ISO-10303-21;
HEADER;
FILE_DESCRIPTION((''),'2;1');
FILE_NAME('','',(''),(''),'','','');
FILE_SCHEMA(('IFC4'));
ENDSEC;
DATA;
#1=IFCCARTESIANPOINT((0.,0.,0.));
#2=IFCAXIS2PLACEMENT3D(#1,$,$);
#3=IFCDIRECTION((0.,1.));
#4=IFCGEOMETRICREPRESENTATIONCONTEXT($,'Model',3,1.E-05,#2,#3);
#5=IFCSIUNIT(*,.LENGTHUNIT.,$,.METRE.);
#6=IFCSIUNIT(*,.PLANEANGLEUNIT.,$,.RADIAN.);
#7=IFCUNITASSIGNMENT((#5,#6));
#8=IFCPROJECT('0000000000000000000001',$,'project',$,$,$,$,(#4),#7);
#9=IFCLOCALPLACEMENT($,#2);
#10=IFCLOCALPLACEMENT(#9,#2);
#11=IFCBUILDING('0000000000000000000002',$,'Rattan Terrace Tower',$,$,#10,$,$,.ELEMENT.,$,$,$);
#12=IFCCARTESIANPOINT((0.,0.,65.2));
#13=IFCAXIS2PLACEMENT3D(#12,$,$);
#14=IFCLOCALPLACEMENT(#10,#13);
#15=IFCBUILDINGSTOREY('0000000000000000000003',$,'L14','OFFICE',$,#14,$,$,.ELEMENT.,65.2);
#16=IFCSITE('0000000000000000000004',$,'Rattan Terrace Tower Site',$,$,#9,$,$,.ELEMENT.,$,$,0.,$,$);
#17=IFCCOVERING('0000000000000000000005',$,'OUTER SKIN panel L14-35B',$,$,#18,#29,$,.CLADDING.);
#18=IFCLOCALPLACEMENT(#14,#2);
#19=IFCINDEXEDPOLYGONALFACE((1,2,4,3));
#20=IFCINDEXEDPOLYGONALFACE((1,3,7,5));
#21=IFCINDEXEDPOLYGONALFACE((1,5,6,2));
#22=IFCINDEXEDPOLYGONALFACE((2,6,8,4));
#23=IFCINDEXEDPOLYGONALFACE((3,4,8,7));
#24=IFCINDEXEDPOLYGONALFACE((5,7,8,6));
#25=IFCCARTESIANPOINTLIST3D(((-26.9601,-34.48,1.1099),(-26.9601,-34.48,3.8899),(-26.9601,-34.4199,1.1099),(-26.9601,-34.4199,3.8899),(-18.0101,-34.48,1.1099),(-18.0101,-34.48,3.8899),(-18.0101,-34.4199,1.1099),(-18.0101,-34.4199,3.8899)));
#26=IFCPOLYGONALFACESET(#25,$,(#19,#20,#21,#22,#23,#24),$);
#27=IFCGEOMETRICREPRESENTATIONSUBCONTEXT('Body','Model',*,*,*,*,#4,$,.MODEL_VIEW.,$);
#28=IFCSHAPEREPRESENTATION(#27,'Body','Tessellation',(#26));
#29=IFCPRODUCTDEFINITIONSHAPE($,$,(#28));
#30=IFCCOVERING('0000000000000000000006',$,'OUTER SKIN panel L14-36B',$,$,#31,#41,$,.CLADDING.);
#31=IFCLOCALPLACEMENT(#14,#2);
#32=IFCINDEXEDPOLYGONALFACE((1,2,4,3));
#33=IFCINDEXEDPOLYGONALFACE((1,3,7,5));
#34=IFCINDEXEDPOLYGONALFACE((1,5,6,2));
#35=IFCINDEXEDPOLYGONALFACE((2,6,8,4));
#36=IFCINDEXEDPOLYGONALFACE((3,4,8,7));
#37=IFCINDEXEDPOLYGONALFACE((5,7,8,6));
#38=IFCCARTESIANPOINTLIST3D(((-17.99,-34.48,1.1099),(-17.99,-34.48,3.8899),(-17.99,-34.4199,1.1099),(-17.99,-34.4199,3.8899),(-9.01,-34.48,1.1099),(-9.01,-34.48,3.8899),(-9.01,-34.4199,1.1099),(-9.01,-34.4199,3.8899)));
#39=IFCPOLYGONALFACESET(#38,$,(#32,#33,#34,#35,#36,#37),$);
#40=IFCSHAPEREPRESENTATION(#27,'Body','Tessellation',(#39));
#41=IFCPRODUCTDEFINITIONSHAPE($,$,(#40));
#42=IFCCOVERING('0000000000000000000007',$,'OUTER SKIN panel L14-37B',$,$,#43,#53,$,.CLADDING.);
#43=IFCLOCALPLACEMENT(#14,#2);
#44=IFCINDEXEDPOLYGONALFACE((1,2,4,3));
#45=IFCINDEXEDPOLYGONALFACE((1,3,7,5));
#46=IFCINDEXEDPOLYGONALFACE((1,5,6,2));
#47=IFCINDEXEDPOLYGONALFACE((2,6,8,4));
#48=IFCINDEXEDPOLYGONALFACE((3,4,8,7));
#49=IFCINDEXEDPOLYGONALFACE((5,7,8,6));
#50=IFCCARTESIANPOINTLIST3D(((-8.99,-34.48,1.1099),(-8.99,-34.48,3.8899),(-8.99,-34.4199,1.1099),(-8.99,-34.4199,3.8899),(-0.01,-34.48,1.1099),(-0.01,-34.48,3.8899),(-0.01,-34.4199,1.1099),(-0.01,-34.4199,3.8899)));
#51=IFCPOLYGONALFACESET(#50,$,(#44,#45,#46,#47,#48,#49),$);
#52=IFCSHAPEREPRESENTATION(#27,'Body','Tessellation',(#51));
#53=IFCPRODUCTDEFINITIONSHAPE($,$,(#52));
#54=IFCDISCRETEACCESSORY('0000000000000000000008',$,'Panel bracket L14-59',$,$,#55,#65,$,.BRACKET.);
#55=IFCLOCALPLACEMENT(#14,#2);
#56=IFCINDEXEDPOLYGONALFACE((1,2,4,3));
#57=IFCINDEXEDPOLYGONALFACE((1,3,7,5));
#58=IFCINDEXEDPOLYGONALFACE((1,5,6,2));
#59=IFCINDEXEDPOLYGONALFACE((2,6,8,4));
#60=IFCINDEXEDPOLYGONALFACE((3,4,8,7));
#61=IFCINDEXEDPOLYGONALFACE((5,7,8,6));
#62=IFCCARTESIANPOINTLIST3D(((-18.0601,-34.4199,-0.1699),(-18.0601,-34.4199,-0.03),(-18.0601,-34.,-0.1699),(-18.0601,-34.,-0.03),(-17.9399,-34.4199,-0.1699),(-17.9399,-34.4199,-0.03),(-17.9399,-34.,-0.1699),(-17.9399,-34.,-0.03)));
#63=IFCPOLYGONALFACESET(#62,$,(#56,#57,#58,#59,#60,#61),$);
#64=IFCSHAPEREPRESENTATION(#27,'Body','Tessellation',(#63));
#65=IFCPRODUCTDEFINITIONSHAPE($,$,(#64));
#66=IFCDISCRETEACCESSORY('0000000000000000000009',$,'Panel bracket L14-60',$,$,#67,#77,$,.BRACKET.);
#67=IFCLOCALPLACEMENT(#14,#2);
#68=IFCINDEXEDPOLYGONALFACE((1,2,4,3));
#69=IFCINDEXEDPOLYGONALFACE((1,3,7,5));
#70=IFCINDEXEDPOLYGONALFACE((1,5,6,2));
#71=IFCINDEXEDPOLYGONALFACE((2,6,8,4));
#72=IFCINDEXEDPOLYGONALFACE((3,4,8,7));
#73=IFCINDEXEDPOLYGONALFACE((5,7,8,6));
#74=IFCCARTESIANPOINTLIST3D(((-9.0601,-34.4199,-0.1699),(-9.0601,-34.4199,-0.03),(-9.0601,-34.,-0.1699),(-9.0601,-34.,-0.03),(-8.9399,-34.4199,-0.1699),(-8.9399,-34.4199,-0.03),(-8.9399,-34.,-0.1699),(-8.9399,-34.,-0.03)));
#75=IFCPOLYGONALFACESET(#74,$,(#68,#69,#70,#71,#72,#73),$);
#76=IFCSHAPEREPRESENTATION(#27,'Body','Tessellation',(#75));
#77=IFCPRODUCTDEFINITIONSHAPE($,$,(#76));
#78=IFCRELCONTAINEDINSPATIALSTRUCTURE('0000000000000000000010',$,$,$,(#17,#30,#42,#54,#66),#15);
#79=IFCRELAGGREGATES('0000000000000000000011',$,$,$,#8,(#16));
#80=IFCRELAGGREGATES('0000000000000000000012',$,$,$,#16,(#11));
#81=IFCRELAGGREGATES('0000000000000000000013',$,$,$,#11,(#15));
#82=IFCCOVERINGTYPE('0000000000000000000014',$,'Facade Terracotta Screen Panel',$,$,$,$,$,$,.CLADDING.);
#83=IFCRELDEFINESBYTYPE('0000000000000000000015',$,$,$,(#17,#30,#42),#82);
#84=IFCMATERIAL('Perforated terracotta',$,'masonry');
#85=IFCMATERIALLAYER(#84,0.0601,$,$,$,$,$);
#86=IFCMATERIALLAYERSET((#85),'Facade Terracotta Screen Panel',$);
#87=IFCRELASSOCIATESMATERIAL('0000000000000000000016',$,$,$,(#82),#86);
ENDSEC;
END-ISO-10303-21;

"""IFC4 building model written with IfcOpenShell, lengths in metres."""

from ifc_helpers import new_model, si_unit, direction, frame, origin, origin_2d, place, context, subcontext, project, spatial, rectangle, extrude, material, layer, layer_set, type_object, element, save


model = new_model("IFC4")

# Units and contexts
model_context = context("Model", 3, precision=1e-05, world=origin(), true_north=direction((0.0, 1.0)))
body_context = subcontext(model_context, "Body", "Model", "MODEL_VIEW")
ifc_project = project(units=[si_unit("LENGTHUNIT", "METRE"), si_unit("PLANEANGLEUNIT", "RADIAN")], contexts=[model_context])

# Site, building, storey
site_placement = place(None, origin())
site = spatial("IfcSite", under=ifc_project, at=site_placement, Name="Rattan Terrace Tower Site", CompositionType="ELEMENT", RefElevation=0.0)
building_placement = place(site_placement, origin())
building = spatial("IfcBuilding", under=site, at=building_placement, Name="Rattan Terrace Tower", CompositionType="ELEMENT")
storey_placement = place(building_placement, frame((0.0, 0.0, 65.2)))
storey = spatial("IfcBuildingStorey", under=building, at=storey_placement, Name="L14", Description="OFFICE", CompositionType="ELEMENT", Elevation=65.2)

# Coverings
ifc_material_1 = material(Name="Perforated terracotta", Category="masonry")
ifc_layer_1 = layer(ifc_material_1, 0.0601)
ifc_layer_set_1 = layer_set([ifc_layer_1], Name="Facade Terracotta Screen Panel")
covering_type_1 = type_object("IfcCoveringType", Name="Facade Terracotta Screen Panel", PredefinedType="CLADDING", material=ifc_layer_set_1)
covering_1_placement = place(storey_placement, frame((-22.4851, -34.45, 1.1099), z_axis=(0.0, 0.0, 1.0), x_axis=(1.0, 0.0, 0.0)))
element("IfcCovering", 1, at=covering_1_placement, inside=storey, type_object=covering_type_1, Name="OUTER SKIN panel L14-35B", PredefinedType="CLADDING", context=body_context, shape_type="SweptSolid", body=[
    extrude(rectangle(XDim=8.95, YDim=0.0601, at=origin_2d()), origin(), (0.0, 0.0, 1.0), 2.78),
])
for number, where, z_axis, x_axis, name in (
    (2, (-13.5, -34.45, 1.1099), (0.0, 0.0, 1.0), (1.0, 0.0, 0.0), "OUTER SKIN panel L14-36B"),
    (3, (-4.5, -34.45, 1.1099), (0.0, 0.0, 1.0), (1.0, 0.0, 0.0), "OUTER SKIN panel L14-37B"),
):
    element("IfcCovering", number, at=place(storey_placement, frame(where, z_axis=z_axis, x_axis=x_axis)), inside=storey, type_object=covering_type_1, Name=name, PredefinedType="CLADDING", context=body_context, shape_type="SweptSolid", body=[
        extrude(rectangle(XDim=8.98, YDim=0.0601, at=origin_2d()), origin(), (0.0, 0.0, 1.0), 2.78),
    ])

# Discrete accessories
for number, where, z_axis, x_axis, name in (
    (4, (-18.0, -34.21, -0.1699), (0.0, 0.0, 1.0), (1.0, 0.0, 0.0), "Panel bracket L14-59"),
    (5, (-9.0, -34.21, -0.1699), (0.0, 0.0, 1.0), (1.0, 0.0, 0.0), "Panel bracket L14-60"),
):
    element("IfcDiscreteAccessory", number, at=place(storey_placement, frame(where, z_axis=z_axis, x_axis=x_axis)), inside=storey, Name=name, PredefinedType="BRACKET", context=body_context, shape_type="SweptSolid", body=[
        extrude(rectangle(XDim=0.1201, YDim=0.4199, at=origin_2d()), origin(), (0.0, 0.0, 1.0), 0.1399),
    ])

save(model, "model.ifc")
